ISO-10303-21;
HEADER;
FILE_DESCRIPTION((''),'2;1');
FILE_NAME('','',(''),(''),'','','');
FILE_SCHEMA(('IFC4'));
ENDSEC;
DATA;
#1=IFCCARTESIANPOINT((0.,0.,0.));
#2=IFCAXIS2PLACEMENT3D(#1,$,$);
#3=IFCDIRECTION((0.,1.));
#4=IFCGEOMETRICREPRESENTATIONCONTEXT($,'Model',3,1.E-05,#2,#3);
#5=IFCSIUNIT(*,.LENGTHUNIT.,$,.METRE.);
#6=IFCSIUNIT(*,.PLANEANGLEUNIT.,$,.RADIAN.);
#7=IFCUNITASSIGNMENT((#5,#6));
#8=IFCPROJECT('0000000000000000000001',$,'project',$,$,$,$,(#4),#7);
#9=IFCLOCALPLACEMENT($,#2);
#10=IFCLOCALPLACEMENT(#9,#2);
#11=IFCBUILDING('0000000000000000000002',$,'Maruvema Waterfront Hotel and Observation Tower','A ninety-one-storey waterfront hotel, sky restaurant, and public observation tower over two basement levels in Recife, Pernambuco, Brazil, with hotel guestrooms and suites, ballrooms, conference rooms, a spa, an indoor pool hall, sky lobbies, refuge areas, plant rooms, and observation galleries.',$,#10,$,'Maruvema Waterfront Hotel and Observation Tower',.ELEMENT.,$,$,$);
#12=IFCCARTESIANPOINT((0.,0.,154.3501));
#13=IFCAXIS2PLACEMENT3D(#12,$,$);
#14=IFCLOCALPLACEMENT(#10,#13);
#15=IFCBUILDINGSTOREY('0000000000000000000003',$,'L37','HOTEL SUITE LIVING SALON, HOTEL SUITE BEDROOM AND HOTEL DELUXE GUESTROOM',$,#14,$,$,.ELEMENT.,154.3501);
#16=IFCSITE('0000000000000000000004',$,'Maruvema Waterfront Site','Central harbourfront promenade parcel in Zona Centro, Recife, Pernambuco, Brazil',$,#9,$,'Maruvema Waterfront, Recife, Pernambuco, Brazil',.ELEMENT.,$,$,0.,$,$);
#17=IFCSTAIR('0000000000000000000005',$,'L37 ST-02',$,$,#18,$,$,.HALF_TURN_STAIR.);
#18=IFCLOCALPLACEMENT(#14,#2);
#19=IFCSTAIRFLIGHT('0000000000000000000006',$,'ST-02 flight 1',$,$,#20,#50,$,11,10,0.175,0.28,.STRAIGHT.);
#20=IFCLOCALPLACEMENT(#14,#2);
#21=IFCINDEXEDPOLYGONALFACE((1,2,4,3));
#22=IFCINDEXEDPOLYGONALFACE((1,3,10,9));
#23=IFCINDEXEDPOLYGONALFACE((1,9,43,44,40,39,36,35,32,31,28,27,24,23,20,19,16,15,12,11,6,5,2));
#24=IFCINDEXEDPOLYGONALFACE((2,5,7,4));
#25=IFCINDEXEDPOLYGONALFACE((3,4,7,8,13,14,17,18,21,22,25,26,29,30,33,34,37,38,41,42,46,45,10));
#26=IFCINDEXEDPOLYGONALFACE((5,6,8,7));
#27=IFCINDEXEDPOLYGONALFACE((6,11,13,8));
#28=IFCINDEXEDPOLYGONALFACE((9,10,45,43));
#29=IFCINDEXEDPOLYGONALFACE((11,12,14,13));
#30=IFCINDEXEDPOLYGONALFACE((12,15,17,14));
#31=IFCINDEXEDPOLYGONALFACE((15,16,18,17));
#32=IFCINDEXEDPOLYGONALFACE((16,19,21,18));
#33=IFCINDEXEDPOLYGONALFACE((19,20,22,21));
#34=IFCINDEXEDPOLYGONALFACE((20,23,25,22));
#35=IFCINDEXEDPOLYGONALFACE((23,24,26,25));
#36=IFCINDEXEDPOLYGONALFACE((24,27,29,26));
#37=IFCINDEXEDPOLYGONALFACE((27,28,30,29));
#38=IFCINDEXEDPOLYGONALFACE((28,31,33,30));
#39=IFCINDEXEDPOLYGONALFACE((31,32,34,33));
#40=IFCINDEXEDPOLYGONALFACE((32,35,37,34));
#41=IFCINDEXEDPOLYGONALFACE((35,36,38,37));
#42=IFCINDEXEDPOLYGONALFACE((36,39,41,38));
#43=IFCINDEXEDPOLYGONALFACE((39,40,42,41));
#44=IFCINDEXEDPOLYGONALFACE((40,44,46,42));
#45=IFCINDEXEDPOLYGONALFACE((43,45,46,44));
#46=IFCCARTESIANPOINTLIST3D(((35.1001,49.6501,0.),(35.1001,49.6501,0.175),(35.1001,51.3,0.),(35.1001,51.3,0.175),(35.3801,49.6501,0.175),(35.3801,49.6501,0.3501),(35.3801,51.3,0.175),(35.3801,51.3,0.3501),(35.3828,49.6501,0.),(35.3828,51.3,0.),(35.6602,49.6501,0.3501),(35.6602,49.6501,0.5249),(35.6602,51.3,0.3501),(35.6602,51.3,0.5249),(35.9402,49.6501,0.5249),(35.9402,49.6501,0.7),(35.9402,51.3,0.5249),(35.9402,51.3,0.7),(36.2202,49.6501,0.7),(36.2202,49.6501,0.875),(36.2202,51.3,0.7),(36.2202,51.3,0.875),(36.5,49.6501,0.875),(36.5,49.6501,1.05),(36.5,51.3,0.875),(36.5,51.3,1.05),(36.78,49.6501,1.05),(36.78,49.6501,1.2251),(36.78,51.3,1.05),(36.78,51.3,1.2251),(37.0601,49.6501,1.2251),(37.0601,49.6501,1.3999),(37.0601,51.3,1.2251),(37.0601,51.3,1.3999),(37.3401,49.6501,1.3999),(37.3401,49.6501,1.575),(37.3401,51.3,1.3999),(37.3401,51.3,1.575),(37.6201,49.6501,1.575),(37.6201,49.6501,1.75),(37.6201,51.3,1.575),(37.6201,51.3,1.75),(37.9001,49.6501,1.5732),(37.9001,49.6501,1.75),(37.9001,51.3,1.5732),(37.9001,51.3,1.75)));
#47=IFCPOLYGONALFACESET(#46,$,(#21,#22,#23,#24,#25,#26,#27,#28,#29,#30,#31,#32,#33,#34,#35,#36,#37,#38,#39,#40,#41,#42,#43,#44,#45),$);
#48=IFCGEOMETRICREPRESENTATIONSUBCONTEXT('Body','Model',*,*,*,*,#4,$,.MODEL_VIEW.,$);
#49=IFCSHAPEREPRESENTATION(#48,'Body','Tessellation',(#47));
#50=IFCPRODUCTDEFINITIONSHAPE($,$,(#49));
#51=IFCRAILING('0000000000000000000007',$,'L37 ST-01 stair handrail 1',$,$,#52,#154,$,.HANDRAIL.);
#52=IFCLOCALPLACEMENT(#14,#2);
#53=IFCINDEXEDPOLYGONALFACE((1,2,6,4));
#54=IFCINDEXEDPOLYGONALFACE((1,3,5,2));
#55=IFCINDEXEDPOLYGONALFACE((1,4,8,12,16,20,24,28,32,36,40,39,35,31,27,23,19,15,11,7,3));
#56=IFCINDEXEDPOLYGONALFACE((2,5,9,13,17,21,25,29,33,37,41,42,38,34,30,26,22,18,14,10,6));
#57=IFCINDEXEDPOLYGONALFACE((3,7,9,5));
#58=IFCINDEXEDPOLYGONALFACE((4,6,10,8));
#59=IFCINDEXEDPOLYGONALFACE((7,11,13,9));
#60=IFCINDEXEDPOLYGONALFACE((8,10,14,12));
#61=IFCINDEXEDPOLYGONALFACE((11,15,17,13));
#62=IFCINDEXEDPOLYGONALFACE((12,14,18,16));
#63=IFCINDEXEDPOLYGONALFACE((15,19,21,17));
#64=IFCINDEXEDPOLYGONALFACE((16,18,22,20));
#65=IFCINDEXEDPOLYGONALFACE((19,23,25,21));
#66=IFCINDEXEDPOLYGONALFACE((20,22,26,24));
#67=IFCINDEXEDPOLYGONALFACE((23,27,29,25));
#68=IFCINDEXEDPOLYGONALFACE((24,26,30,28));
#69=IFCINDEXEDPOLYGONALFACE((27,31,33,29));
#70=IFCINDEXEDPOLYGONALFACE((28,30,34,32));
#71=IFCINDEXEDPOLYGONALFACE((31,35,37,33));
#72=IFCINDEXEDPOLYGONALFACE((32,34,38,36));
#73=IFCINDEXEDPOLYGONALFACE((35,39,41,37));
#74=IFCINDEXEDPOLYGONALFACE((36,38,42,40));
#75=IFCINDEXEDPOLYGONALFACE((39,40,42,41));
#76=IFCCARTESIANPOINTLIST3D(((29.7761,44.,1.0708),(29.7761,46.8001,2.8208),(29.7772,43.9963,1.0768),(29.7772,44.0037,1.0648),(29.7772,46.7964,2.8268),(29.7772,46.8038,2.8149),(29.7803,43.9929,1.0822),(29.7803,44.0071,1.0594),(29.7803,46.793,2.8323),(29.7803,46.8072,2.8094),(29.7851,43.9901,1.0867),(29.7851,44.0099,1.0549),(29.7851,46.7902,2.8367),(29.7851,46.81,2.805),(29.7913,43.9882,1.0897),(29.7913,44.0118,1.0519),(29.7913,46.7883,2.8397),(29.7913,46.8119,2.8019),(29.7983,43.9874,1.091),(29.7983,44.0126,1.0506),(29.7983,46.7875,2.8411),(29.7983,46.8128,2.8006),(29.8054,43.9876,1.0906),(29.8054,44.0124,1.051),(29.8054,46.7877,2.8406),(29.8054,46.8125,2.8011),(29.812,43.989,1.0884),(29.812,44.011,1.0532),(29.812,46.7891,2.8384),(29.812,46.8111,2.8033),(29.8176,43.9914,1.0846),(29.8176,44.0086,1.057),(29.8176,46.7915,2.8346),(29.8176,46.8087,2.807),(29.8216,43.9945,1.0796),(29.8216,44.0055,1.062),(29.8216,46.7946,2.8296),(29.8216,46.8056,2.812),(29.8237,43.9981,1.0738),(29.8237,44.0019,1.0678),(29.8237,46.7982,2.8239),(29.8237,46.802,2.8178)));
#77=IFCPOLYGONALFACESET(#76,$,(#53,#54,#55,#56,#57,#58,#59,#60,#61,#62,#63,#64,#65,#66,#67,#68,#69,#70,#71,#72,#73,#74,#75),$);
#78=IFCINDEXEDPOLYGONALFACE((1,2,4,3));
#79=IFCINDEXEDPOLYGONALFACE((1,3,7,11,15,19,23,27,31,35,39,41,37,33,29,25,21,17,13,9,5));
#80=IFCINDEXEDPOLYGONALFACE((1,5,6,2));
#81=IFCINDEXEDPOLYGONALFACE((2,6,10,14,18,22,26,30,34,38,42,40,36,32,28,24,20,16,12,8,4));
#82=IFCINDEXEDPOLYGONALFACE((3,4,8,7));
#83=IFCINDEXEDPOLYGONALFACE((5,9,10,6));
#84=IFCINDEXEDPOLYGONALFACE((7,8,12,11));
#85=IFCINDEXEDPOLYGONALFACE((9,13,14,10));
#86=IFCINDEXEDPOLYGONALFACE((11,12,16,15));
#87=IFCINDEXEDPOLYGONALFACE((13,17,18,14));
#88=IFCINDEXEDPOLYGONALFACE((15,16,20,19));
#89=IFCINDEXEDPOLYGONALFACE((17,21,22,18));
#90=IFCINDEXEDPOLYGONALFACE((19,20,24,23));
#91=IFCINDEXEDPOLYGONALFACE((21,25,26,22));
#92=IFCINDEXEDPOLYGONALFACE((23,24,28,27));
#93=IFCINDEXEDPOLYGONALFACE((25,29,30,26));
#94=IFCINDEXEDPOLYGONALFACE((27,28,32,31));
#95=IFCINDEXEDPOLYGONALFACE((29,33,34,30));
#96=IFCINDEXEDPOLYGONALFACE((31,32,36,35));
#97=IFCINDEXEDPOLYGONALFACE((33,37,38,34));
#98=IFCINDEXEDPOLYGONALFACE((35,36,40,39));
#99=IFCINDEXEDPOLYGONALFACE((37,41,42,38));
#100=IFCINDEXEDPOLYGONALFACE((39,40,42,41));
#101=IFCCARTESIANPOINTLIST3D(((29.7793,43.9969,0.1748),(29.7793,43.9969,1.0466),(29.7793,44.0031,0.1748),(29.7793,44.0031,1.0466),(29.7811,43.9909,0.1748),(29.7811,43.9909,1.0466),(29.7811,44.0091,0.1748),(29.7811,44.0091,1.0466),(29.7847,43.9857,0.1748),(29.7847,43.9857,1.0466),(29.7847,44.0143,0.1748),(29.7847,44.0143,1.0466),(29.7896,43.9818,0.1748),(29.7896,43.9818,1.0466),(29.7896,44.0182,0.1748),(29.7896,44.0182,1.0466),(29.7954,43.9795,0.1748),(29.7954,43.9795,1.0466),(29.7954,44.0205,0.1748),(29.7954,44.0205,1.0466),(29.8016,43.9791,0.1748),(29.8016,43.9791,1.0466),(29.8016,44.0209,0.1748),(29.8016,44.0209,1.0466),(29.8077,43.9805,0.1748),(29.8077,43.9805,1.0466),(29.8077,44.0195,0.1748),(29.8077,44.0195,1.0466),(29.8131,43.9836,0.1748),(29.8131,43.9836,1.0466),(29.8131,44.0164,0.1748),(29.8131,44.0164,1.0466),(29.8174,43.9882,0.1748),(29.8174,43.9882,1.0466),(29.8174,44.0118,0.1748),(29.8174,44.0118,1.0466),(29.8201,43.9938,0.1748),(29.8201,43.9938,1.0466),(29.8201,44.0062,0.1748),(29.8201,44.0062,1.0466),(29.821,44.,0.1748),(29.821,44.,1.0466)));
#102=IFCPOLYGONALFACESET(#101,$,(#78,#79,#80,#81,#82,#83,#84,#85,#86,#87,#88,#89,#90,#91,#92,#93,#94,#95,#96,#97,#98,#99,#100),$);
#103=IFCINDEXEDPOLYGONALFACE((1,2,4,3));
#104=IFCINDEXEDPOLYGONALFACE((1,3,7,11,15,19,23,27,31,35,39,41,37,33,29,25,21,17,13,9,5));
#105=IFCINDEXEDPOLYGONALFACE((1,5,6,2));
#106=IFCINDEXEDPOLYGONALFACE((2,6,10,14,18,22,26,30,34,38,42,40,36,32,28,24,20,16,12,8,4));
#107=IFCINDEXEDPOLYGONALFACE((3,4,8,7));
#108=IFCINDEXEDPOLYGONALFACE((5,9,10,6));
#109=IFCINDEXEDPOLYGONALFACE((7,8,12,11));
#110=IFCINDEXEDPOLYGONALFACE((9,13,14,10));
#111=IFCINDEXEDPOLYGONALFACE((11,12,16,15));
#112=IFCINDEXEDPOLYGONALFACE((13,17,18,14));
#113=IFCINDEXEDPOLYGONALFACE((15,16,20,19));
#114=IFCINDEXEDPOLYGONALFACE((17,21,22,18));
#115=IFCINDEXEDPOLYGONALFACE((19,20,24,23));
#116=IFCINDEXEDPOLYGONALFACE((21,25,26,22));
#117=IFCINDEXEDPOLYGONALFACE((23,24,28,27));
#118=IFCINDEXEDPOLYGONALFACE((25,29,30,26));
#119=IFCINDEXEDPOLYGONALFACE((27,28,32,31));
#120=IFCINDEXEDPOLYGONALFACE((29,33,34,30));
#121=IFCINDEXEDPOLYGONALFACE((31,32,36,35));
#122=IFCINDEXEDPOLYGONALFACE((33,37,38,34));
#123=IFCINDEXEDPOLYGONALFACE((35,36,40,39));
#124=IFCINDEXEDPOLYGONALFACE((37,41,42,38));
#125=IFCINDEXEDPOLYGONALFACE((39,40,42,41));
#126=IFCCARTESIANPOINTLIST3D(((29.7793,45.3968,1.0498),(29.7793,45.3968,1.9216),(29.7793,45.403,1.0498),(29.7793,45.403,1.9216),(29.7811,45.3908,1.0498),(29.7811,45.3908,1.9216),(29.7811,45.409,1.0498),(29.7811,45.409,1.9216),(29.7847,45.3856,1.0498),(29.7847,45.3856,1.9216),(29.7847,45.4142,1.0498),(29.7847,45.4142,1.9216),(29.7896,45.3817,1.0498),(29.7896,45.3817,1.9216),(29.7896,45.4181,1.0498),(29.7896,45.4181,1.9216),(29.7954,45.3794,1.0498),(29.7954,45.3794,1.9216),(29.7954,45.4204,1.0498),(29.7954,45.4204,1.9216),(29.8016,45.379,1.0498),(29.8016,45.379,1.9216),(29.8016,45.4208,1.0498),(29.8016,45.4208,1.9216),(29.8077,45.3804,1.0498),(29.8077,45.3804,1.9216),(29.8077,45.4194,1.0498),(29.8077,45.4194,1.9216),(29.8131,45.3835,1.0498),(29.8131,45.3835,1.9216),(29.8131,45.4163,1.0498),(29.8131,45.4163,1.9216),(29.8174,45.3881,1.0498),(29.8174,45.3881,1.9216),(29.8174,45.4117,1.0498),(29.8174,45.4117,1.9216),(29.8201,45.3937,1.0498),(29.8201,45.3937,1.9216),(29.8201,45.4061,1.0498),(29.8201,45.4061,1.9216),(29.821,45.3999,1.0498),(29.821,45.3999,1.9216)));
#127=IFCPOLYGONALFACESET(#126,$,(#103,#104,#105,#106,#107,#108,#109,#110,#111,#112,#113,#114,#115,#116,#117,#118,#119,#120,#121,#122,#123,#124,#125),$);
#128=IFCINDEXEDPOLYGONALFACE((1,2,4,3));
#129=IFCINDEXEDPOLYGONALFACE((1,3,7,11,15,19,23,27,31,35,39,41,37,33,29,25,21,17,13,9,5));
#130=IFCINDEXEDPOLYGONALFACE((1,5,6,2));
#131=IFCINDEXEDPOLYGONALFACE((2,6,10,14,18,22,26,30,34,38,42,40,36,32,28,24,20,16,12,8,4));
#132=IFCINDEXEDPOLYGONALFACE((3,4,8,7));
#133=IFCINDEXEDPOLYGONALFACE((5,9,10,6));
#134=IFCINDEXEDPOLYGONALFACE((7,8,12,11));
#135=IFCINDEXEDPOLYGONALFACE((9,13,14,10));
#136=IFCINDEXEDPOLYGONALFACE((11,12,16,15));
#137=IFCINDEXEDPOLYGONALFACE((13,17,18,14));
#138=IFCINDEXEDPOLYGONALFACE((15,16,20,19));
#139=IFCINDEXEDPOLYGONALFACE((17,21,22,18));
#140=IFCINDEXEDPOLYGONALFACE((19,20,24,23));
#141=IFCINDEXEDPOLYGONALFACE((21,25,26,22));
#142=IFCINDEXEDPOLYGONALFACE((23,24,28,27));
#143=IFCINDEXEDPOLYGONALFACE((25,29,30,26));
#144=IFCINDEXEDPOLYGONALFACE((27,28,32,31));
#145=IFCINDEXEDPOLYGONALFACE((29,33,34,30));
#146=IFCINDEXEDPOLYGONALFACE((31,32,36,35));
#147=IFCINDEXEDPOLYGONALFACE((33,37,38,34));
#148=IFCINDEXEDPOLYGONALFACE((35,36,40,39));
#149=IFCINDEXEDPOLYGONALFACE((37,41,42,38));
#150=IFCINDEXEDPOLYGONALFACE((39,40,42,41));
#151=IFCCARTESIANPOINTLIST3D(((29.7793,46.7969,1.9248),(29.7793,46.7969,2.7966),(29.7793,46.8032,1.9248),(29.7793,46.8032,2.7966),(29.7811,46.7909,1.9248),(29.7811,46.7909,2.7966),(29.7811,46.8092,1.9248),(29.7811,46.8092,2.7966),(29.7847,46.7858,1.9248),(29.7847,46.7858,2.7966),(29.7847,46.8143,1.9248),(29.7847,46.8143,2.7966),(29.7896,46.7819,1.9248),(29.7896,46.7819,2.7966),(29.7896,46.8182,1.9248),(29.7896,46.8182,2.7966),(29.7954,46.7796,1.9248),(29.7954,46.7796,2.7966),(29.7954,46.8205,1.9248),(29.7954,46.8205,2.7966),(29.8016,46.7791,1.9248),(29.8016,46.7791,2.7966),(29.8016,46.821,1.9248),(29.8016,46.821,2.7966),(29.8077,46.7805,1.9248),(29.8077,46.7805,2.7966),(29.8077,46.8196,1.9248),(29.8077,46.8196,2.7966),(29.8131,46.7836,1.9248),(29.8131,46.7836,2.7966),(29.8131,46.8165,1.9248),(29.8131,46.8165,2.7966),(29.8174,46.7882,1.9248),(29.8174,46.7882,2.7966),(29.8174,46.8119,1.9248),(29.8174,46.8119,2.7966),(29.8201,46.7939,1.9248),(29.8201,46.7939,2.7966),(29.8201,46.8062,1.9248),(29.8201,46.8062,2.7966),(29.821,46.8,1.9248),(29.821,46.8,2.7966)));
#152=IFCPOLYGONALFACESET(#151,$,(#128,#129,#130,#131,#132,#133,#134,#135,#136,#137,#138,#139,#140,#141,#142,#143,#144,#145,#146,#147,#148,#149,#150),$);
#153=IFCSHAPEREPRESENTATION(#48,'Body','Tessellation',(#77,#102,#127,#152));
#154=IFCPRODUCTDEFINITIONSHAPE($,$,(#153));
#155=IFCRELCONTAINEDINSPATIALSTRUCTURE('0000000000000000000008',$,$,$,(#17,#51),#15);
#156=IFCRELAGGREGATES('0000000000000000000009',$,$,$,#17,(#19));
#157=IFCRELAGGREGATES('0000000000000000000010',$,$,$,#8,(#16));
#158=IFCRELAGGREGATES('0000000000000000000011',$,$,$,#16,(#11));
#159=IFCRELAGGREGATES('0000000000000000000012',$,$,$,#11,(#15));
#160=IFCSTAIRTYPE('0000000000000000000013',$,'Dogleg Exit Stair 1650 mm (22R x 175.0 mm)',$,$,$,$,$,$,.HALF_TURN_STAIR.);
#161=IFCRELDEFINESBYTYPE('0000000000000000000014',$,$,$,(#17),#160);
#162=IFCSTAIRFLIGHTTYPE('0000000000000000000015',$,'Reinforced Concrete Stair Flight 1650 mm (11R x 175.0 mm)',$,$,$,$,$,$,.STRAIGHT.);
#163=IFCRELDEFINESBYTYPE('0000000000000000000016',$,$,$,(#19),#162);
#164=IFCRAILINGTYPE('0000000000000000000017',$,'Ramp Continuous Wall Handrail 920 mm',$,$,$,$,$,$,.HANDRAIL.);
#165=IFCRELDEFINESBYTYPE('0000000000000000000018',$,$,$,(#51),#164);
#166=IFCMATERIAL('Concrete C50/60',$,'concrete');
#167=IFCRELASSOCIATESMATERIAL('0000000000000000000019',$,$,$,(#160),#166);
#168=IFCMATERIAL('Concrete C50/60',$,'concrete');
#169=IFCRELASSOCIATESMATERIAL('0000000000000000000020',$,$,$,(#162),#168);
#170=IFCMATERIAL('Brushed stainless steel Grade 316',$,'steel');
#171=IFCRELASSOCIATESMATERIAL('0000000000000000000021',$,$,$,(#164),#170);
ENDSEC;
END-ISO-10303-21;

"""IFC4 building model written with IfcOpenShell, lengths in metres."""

from ifc_helpers import new_model, si_unit, direction, frame, origin, origin_2d, place, context, subcontext, project, spatial, polyline, circle, outline, extrude, material, type_object, element, aggregate, save


model = new_model("IFC4")

# Units and contexts
model_context = context("Model", 3, precision=1e-05, world=origin(), true_north=direction((0.0, 1.0)))
body_context = subcontext(model_context, "Body", "Model", "MODEL_VIEW")
ifc_project = project(units=[si_unit("LENGTHUNIT", "METRE"), si_unit("PLANEANGLEUNIT", "RADIAN")], contexts=[model_context])

# Site, building, storey
site_placement = place(None, origin())
site = spatial("IfcSite", under=ifc_project, at=site_placement, Name="Maruvema Waterfront Site", Description="Central harbourfront promenade parcel in Zona Centro, Recife, Pernambuco, Brazil", LongName="Maruvema Waterfront, Recife, Pernambuco, Brazil", CompositionType="ELEMENT", RefElevation=0.0)
building_placement = place(site_placement, origin())
building = spatial("IfcBuilding", under=site, at=building_placement, Name="Maruvema Waterfront Hotel and Observation Tower", Description="A ninety-one-storey waterfront hotel, sky restaurant, and public observation tower over two basement levels in Recife, Pernambuco, Brazil, with hotel guestrooms and suites, ballrooms, conference rooms, a spa, an indoor pool hall, sky lobbies, refuge areas, plant rooms, and observation galleries.", LongName="Maruvema Waterfront Hotel and Observation Tower", CompositionType="ELEMENT")
storey_placement = place(building_placement, frame((0.0, 0.0, 154.3501)))
storey = spatial("IfcBuildingStorey", under=building, at=storey_placement, Name="L37", Description="HOTEL SUITE LIVING SALON, HOTEL SUITE BEDROOM AND HOTEL DELUXE GUESTROOM", CompositionType="ELEMENT", Elevation=154.3501)

# Shared definitions
ifc_material_1 = material(Name="Concrete C50/60", Category="concrete")
stair_type = type_object("IfcStairType", Name="Dogleg Exit Stair 1650 mm (22R x 175.0 mm)", PredefinedType="HALF_TURN_STAIR", material=ifc_material_1)
ifc_material_2 = material(Name="Concrete C50/60", Category="concrete")
stair_flight_type = type_object("IfcStairFlightType", Name="Reinforced Concrete Stair Flight 1650 mm (11R x 175.0 mm)", PredefinedType="STRAIGHT", material=ifc_material_2)

# Stair, stair flight
stair_1_placement = place(storey_placement, origin())
stair_1 = element("IfcStair", 1, at=stair_1_placement, inside=storey, type_object=stair_type, Name="L37 ST-02", PredefinedType="HALF_TURN_STAIR")
stair_flight_1_placement = place(storey_placement, frame((35.1001, 50.4751, 0.0), z_axis=(0.0, 0.0, 1.0), x_axis=(1.0, 0.0, 0.0)))
stair_flight_1 = element("IfcStairFlight", 2, at=stair_flight_1_placement, type_object=stair_flight_type, Name="ST-02 flight 1", NumberOfRisers=11, NumberOfTreads=10, PredefinedType="STRAIGHT", RiserHeight=0.175, TreadLength=0.28, context=body_context, shape_type="SweptSolid", body=[
    extrude(outline(polyline([(0.0, 0.0), (0.0, 0.175), (0.28, 0.175), (0.28, 0.3501), (0.5601, 0.3501), (0.5601, 0.5249), (0.8401, 0.5249), (0.8401, 0.7), (1.1201, 0.7), (1.1201, 0.875), (1.3999, 0.875), (1.3999, 1.05), (1.6799, 1.05), (1.6799, 1.2251), (1.96, 1.2251), (1.96, 1.3999), (2.24, 1.3999), (2.24, 1.575), (2.52, 1.575), (2.52, 1.75), (2.8, 1.75), (2.8, 1.925), (2.8, 1.5732), (0.2827, 0.0), (0.0, 0.0)])), frame((0.0, 0.825, 0.0), z_axis=(0.0, -1.0, 0.0), x_axis=(1.0, 0.0, 0.0)), (0.0, 0.0, 1.0), 1.6499),
])
aggregate(stair_1, [stair_flight_1])

# Railing
ifc_material_3 = material(Name="Brushed stainless steel Grade 316", Category="steel")
railing_type_1 = type_object("IfcRailingType", Name="Ramp Continuous Wall Handrail 920 mm", PredefinedType="HANDRAIL", material=ifc_material_3)
railing_1_placement = place(storey_placement, frame((29.8, 44.0, 0.1748)))
element("IfcRailing", 3, at=railing_1_placement, inside=storey, type_object=railing_type_1, Name="L37 ST-01 stair handrail 1", PredefinedType="HANDRAIL", context=body_context, shape_type="SweptSolid", body=[
    extrude(circle(Radius=0.0239, at=origin_2d()), frame((0.0, 0.0, 0.896), z_axis=(0.0, 0.848002, 0.529992), x_axis=(-1.0, 0.0, 0.0)), (0.0, 0.0, 1.0), 3.302),
    extrude(circle(Radius=0.021, at=origin_2d()), origin(), (0.0, 0.0, 1.0), 0.8718),
    extrude(circle(Radius=0.021, at=origin_2d()), frame((0.0, 1.3999, 0.875)), (0.0, 0.0, 1.0), 0.8718),
    extrude(circle(Radius=0.021, at=origin_2d()), frame((0.0, 2.8, 1.75)), (0.0, 0.0, 1.0), 0.8718),
])

save(model, "model.ifc")
